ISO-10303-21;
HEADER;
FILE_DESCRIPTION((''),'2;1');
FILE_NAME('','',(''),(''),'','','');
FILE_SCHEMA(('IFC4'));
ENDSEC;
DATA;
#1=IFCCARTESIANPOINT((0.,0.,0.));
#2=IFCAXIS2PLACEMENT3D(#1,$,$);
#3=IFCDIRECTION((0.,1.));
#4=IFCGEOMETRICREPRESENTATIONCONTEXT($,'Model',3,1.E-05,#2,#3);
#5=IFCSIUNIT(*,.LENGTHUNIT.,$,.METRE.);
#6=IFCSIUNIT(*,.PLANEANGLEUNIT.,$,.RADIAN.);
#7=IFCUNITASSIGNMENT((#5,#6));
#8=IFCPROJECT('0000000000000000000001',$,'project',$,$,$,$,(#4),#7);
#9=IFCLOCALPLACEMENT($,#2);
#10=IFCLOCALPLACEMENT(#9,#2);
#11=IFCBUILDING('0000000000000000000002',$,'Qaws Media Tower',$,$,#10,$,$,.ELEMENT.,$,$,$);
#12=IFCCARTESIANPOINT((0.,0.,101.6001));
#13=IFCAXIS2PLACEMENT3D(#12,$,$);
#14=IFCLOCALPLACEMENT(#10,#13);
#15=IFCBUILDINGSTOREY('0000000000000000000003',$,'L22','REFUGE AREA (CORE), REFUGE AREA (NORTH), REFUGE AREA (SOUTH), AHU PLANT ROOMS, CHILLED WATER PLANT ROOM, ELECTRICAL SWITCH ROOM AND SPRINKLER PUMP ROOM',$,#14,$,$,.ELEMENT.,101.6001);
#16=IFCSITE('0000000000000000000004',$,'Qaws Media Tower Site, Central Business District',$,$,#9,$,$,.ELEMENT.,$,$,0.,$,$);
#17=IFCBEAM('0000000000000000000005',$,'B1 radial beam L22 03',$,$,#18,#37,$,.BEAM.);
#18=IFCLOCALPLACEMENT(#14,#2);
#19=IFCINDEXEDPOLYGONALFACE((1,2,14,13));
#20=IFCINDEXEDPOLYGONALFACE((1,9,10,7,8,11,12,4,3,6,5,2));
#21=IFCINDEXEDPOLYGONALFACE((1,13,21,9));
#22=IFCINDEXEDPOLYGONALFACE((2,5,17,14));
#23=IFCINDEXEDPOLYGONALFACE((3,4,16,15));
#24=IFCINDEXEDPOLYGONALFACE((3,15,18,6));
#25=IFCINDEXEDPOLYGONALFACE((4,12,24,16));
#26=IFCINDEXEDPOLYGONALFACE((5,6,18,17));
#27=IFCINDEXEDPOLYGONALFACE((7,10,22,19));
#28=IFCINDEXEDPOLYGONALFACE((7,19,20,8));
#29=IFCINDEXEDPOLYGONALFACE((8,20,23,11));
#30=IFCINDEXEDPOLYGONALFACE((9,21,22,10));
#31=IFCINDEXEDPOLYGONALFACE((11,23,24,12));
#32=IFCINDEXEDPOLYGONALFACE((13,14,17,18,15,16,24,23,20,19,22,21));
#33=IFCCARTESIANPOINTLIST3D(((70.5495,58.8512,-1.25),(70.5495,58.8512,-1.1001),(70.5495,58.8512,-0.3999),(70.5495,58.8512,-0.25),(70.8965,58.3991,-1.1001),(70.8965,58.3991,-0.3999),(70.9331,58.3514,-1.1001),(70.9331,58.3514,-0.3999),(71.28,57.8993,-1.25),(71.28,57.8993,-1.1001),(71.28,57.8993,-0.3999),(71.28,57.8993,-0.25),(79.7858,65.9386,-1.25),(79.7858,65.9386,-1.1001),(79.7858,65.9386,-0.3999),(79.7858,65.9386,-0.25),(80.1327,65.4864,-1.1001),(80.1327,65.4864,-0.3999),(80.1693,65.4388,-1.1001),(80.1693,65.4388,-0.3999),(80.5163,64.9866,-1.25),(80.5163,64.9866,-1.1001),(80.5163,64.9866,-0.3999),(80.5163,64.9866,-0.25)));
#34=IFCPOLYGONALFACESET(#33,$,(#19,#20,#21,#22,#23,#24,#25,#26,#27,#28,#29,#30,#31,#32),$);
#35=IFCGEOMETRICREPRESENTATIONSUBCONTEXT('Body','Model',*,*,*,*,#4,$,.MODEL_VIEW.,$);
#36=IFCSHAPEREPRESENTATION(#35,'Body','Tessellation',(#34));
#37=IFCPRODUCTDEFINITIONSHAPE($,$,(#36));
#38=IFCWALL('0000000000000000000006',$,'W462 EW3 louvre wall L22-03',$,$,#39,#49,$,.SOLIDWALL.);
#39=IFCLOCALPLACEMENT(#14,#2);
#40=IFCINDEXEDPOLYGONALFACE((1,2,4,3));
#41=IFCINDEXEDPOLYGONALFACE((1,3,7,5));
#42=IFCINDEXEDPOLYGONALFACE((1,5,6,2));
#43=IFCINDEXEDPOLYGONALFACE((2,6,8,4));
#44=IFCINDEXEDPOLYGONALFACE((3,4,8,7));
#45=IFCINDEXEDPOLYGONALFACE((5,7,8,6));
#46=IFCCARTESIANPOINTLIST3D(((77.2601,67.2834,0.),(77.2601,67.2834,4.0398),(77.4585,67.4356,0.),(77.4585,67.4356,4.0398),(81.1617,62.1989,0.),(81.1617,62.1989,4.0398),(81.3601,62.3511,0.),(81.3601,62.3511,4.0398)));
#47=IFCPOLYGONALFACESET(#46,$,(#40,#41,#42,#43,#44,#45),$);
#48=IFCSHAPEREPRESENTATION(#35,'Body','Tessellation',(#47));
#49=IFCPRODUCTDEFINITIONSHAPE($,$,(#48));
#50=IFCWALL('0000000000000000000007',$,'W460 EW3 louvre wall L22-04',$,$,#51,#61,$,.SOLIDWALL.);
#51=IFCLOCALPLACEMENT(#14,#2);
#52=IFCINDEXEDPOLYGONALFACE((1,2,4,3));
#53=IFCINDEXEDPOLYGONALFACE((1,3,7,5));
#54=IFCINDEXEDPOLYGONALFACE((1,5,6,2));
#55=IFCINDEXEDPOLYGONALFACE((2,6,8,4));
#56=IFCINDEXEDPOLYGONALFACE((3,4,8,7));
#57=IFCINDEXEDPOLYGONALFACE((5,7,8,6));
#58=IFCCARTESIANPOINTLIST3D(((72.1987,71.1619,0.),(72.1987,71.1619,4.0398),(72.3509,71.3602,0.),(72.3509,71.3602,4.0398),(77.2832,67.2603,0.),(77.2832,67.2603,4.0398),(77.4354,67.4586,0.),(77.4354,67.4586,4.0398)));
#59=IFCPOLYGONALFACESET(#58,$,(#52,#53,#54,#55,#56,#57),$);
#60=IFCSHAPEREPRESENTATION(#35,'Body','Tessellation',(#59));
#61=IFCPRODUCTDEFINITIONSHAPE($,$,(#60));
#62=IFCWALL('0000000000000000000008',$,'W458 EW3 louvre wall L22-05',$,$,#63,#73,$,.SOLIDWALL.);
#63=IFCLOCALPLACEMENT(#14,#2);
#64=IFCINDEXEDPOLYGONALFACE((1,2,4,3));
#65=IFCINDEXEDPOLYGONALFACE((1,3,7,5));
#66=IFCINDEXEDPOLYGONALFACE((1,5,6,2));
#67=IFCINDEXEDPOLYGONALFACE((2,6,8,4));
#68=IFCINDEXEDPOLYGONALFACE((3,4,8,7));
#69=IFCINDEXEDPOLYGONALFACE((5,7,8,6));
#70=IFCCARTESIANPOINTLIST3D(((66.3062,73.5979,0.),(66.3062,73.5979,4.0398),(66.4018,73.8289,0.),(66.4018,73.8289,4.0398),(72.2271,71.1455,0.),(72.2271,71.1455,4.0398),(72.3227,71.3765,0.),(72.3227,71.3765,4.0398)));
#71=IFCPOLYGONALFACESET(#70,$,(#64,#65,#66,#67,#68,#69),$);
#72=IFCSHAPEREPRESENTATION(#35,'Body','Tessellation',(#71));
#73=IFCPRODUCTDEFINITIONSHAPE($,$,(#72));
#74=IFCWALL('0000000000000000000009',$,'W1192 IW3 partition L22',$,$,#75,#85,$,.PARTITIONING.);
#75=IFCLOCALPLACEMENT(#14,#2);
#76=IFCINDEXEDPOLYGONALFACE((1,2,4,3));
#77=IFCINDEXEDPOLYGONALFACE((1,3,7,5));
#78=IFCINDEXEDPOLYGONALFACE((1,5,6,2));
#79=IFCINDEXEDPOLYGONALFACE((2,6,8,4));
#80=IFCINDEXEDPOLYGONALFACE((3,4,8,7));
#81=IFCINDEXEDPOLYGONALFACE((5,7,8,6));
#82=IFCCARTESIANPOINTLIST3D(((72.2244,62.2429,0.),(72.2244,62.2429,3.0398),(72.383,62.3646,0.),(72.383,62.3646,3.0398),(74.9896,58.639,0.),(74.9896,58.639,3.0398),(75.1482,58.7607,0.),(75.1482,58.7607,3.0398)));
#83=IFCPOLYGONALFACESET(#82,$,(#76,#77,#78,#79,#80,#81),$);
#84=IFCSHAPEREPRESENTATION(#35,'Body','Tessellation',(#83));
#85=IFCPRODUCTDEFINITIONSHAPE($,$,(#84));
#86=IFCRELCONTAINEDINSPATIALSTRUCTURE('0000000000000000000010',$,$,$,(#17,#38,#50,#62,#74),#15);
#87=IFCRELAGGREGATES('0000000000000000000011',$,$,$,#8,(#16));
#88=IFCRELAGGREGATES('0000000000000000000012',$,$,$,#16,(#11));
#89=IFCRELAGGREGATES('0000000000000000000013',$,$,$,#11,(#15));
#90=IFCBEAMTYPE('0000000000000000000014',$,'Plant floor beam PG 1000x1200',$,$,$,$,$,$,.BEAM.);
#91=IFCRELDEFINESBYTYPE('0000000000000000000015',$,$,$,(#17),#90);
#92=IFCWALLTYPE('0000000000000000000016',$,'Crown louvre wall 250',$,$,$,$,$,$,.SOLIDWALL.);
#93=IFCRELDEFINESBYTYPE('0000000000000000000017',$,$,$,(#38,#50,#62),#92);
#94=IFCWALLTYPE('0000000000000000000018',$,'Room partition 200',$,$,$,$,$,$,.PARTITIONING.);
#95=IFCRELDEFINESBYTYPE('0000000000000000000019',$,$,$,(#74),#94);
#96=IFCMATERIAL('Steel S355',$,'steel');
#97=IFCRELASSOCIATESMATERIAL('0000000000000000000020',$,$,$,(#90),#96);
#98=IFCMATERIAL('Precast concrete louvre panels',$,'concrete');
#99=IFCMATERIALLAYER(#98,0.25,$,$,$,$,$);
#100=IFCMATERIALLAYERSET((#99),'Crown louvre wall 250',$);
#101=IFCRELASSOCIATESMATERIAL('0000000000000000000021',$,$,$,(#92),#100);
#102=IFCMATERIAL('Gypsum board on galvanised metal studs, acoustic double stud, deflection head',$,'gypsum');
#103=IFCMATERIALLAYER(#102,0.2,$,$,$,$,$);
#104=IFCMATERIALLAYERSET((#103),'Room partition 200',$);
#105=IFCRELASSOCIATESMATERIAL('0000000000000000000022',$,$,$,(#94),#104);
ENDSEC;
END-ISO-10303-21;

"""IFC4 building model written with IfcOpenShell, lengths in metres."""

from ifc_helpers import new_model, si_unit, direction, frame, frame_2d, origin, origin_2d, place, context, subcontext, project, spatial, rectangle, i_section, extrude, material, layer, layer_set, material_profile, profile_set, type_object, element, save


model = new_model("IFC4")

# Units and contexts
model_context = context("Model", 3, precision=1e-05, world=origin(), true_north=direction((0.0, 1.0)))
body_context = subcontext(model_context, "Body", "Model", "MODEL_VIEW")
ifc_project = project(units=[si_unit("LENGTHUNIT", "METRE"), si_unit("PLANEANGLEUNIT", "RADIAN")], contexts=[model_context])

# Site, building, storey
site_placement = place(None, origin())
site = spatial("IfcSite", under=ifc_project, at=site_placement, Name="Qaws Media Tower Site, Central Business District", CompositionType="ELEMENT", RefElevation=0.0)
building_placement = place(site_placement, origin())
building = spatial("IfcBuilding", under=site, at=building_placement, Name="Qaws Media Tower", CompositionType="ELEMENT")
storey_placement = place(building_placement, frame((0.0, 0.0, 101.6001)))
storey = spatial("IfcBuildingStorey", under=building, at=storey_placement, Name="L22", Description="REFUGE AREA (CORE), REFUGE AREA (NORTH), REFUGE AREA (SOUTH), AHU PLANT ROOMS, CHILLED WATER PLANT ROOM, ELECTRICAL SWITCH ROOM AND SPRINKLER PUMP ROOM", CompositionType="ELEMENT", Elevation=101.6001)

# Beam
ifc_material_1 = material(Name="Steel S355", Category="steel")
ifc_material_profile_1 = material_profile(ifc_material_1, i_section(OverallWidth=1.2, OverallDepth=1.0, WebThickness=0.0601, FlangeThickness=0.1499, at=origin_2d()), Name="PG 1000x1200")
ifc_profile_set_1 = profile_set([ifc_material_profile_1], Name="Steel S355")
beam_type_1 = type_object("IfcBeamType", Name="Plant floor beam PG 1000x1200", PredefinedType="BEAM", material=ifc_profile_set_1)
beam_1_placement = place(storey_placement, frame((70.9148, 58.3752, -0.75), z_axis=(0.793348, 0.608768, 0.0), x_axis=(-0.608768, 0.793348, 0.0)))
element("IfcBeam", 1, at=beam_1_placement, inside=storey, type_object=beam_type_1, Name="B1 radial beam L22 03", PredefinedType="BEAM", context=body_context, shape_type="SweptSolid", body=[
    extrude(i_section(OverallWidth=1.2, OverallDepth=1.0, WebThickness=0.0601, FlangeThickness=0.1499, at=origin_2d()), origin(), (0.0, 0.0, 1.0), 11.6421),
])

# Walls
ifc_material_2 = material(Name="Precast concrete louvre panels", Category="concrete")
ifc_layer_1 = layer(ifc_material_2, 0.25)
ifc_layer_set_1 = layer_set([ifc_layer_1], Name="Crown louvre wall 250")
wall_type_1 = type_object("IfcWallType", Name="Crown louvre wall 250", PredefinedType="SOLIDWALL", material=ifc_layer_set_1)
for number, where, z_axis, x_axis, name in (
    (2, (81.261, 62.2749, 0.0), (0.0, 0.0, 1.0), (-0.608777, 0.793341, 0.0), "W462 EW3 louvre wall L22-03"),
    (3, (77.3594, 67.3594, 0.0), (0.0, 0.0, 1.0), (-0.793341, 0.608777, 0.0), "W460 EW3 louvre wall L22-04"),
):
    element("IfcWall", number, at=place(storey_placement, frame(where, z_axis=z_axis, x_axis=x_axis)), inside=storey, type_object=wall_type_1, Name=name, PredefinedType="SOLIDWALL", context=body_context, shape_type="SweptSolid", body=[
        extrude(rectangle(XDim=6.4089, YDim=0.25, at=frame_2d((3.2046, 0.0))), origin(), (0.0, 0.0, 1.0), 4.0398),
    ])
wall_1_placement = place(storey_placement, frame((72.2749, 71.261, 0.0), z_axis=(0.0, 0.0, 1.0), x_axis=(-0.923886, 0.382667, 0.0)))
element("IfcWall", 4, at=wall_1_placement, inside=storey, type_object=wall_type_1, Name="W458 EW3 louvre wall L22-05", PredefinedType="SOLIDWALL", context=body_context, shape_type="SweptSolid", body=[
    extrude(rectangle(XDim=6.4087, YDim=0.25, at=frame_2d((3.2043, 0.0))), origin(), (0.0, 0.0, 1.0), 4.0398),
])
ifc_material_3 = material(Name="Gypsum board on galvanised metal studs, acoustic double stud, deflection head", Category="gypsum")
ifc_layer_2 = layer(ifc_material_3, 0.2)
ifc_layer_set_2 = layer_set([ifc_layer_2], Name="Room partition 200")
wall_type_2 = type_object("IfcWallType", Name="Room partition 200", PredefinedType="PARTITIONING", material=ifc_layer_set_2)
wall_2_placement = place(storey_placement, frame((72.3037, 62.3037, 0.0), z_axis=(0.0, 0.0, 1.0), x_axis=(0.608744, -0.793367, 0.0)))
element("IfcWall", 5, at=wall_2_placement, inside=storey, type_object=wall_type_2, Name="W1192 IW3 partition L22", PredefinedType="PARTITIONING", context=body_context, shape_type="SweptSolid", body=[
    extrude(rectangle(XDim=4.5425, YDim=0.2, at=frame_2d((2.2712, 0.0))), origin(), (0.0, 0.0, 1.0), 3.0398),
])

save(model, "model.ifc")
